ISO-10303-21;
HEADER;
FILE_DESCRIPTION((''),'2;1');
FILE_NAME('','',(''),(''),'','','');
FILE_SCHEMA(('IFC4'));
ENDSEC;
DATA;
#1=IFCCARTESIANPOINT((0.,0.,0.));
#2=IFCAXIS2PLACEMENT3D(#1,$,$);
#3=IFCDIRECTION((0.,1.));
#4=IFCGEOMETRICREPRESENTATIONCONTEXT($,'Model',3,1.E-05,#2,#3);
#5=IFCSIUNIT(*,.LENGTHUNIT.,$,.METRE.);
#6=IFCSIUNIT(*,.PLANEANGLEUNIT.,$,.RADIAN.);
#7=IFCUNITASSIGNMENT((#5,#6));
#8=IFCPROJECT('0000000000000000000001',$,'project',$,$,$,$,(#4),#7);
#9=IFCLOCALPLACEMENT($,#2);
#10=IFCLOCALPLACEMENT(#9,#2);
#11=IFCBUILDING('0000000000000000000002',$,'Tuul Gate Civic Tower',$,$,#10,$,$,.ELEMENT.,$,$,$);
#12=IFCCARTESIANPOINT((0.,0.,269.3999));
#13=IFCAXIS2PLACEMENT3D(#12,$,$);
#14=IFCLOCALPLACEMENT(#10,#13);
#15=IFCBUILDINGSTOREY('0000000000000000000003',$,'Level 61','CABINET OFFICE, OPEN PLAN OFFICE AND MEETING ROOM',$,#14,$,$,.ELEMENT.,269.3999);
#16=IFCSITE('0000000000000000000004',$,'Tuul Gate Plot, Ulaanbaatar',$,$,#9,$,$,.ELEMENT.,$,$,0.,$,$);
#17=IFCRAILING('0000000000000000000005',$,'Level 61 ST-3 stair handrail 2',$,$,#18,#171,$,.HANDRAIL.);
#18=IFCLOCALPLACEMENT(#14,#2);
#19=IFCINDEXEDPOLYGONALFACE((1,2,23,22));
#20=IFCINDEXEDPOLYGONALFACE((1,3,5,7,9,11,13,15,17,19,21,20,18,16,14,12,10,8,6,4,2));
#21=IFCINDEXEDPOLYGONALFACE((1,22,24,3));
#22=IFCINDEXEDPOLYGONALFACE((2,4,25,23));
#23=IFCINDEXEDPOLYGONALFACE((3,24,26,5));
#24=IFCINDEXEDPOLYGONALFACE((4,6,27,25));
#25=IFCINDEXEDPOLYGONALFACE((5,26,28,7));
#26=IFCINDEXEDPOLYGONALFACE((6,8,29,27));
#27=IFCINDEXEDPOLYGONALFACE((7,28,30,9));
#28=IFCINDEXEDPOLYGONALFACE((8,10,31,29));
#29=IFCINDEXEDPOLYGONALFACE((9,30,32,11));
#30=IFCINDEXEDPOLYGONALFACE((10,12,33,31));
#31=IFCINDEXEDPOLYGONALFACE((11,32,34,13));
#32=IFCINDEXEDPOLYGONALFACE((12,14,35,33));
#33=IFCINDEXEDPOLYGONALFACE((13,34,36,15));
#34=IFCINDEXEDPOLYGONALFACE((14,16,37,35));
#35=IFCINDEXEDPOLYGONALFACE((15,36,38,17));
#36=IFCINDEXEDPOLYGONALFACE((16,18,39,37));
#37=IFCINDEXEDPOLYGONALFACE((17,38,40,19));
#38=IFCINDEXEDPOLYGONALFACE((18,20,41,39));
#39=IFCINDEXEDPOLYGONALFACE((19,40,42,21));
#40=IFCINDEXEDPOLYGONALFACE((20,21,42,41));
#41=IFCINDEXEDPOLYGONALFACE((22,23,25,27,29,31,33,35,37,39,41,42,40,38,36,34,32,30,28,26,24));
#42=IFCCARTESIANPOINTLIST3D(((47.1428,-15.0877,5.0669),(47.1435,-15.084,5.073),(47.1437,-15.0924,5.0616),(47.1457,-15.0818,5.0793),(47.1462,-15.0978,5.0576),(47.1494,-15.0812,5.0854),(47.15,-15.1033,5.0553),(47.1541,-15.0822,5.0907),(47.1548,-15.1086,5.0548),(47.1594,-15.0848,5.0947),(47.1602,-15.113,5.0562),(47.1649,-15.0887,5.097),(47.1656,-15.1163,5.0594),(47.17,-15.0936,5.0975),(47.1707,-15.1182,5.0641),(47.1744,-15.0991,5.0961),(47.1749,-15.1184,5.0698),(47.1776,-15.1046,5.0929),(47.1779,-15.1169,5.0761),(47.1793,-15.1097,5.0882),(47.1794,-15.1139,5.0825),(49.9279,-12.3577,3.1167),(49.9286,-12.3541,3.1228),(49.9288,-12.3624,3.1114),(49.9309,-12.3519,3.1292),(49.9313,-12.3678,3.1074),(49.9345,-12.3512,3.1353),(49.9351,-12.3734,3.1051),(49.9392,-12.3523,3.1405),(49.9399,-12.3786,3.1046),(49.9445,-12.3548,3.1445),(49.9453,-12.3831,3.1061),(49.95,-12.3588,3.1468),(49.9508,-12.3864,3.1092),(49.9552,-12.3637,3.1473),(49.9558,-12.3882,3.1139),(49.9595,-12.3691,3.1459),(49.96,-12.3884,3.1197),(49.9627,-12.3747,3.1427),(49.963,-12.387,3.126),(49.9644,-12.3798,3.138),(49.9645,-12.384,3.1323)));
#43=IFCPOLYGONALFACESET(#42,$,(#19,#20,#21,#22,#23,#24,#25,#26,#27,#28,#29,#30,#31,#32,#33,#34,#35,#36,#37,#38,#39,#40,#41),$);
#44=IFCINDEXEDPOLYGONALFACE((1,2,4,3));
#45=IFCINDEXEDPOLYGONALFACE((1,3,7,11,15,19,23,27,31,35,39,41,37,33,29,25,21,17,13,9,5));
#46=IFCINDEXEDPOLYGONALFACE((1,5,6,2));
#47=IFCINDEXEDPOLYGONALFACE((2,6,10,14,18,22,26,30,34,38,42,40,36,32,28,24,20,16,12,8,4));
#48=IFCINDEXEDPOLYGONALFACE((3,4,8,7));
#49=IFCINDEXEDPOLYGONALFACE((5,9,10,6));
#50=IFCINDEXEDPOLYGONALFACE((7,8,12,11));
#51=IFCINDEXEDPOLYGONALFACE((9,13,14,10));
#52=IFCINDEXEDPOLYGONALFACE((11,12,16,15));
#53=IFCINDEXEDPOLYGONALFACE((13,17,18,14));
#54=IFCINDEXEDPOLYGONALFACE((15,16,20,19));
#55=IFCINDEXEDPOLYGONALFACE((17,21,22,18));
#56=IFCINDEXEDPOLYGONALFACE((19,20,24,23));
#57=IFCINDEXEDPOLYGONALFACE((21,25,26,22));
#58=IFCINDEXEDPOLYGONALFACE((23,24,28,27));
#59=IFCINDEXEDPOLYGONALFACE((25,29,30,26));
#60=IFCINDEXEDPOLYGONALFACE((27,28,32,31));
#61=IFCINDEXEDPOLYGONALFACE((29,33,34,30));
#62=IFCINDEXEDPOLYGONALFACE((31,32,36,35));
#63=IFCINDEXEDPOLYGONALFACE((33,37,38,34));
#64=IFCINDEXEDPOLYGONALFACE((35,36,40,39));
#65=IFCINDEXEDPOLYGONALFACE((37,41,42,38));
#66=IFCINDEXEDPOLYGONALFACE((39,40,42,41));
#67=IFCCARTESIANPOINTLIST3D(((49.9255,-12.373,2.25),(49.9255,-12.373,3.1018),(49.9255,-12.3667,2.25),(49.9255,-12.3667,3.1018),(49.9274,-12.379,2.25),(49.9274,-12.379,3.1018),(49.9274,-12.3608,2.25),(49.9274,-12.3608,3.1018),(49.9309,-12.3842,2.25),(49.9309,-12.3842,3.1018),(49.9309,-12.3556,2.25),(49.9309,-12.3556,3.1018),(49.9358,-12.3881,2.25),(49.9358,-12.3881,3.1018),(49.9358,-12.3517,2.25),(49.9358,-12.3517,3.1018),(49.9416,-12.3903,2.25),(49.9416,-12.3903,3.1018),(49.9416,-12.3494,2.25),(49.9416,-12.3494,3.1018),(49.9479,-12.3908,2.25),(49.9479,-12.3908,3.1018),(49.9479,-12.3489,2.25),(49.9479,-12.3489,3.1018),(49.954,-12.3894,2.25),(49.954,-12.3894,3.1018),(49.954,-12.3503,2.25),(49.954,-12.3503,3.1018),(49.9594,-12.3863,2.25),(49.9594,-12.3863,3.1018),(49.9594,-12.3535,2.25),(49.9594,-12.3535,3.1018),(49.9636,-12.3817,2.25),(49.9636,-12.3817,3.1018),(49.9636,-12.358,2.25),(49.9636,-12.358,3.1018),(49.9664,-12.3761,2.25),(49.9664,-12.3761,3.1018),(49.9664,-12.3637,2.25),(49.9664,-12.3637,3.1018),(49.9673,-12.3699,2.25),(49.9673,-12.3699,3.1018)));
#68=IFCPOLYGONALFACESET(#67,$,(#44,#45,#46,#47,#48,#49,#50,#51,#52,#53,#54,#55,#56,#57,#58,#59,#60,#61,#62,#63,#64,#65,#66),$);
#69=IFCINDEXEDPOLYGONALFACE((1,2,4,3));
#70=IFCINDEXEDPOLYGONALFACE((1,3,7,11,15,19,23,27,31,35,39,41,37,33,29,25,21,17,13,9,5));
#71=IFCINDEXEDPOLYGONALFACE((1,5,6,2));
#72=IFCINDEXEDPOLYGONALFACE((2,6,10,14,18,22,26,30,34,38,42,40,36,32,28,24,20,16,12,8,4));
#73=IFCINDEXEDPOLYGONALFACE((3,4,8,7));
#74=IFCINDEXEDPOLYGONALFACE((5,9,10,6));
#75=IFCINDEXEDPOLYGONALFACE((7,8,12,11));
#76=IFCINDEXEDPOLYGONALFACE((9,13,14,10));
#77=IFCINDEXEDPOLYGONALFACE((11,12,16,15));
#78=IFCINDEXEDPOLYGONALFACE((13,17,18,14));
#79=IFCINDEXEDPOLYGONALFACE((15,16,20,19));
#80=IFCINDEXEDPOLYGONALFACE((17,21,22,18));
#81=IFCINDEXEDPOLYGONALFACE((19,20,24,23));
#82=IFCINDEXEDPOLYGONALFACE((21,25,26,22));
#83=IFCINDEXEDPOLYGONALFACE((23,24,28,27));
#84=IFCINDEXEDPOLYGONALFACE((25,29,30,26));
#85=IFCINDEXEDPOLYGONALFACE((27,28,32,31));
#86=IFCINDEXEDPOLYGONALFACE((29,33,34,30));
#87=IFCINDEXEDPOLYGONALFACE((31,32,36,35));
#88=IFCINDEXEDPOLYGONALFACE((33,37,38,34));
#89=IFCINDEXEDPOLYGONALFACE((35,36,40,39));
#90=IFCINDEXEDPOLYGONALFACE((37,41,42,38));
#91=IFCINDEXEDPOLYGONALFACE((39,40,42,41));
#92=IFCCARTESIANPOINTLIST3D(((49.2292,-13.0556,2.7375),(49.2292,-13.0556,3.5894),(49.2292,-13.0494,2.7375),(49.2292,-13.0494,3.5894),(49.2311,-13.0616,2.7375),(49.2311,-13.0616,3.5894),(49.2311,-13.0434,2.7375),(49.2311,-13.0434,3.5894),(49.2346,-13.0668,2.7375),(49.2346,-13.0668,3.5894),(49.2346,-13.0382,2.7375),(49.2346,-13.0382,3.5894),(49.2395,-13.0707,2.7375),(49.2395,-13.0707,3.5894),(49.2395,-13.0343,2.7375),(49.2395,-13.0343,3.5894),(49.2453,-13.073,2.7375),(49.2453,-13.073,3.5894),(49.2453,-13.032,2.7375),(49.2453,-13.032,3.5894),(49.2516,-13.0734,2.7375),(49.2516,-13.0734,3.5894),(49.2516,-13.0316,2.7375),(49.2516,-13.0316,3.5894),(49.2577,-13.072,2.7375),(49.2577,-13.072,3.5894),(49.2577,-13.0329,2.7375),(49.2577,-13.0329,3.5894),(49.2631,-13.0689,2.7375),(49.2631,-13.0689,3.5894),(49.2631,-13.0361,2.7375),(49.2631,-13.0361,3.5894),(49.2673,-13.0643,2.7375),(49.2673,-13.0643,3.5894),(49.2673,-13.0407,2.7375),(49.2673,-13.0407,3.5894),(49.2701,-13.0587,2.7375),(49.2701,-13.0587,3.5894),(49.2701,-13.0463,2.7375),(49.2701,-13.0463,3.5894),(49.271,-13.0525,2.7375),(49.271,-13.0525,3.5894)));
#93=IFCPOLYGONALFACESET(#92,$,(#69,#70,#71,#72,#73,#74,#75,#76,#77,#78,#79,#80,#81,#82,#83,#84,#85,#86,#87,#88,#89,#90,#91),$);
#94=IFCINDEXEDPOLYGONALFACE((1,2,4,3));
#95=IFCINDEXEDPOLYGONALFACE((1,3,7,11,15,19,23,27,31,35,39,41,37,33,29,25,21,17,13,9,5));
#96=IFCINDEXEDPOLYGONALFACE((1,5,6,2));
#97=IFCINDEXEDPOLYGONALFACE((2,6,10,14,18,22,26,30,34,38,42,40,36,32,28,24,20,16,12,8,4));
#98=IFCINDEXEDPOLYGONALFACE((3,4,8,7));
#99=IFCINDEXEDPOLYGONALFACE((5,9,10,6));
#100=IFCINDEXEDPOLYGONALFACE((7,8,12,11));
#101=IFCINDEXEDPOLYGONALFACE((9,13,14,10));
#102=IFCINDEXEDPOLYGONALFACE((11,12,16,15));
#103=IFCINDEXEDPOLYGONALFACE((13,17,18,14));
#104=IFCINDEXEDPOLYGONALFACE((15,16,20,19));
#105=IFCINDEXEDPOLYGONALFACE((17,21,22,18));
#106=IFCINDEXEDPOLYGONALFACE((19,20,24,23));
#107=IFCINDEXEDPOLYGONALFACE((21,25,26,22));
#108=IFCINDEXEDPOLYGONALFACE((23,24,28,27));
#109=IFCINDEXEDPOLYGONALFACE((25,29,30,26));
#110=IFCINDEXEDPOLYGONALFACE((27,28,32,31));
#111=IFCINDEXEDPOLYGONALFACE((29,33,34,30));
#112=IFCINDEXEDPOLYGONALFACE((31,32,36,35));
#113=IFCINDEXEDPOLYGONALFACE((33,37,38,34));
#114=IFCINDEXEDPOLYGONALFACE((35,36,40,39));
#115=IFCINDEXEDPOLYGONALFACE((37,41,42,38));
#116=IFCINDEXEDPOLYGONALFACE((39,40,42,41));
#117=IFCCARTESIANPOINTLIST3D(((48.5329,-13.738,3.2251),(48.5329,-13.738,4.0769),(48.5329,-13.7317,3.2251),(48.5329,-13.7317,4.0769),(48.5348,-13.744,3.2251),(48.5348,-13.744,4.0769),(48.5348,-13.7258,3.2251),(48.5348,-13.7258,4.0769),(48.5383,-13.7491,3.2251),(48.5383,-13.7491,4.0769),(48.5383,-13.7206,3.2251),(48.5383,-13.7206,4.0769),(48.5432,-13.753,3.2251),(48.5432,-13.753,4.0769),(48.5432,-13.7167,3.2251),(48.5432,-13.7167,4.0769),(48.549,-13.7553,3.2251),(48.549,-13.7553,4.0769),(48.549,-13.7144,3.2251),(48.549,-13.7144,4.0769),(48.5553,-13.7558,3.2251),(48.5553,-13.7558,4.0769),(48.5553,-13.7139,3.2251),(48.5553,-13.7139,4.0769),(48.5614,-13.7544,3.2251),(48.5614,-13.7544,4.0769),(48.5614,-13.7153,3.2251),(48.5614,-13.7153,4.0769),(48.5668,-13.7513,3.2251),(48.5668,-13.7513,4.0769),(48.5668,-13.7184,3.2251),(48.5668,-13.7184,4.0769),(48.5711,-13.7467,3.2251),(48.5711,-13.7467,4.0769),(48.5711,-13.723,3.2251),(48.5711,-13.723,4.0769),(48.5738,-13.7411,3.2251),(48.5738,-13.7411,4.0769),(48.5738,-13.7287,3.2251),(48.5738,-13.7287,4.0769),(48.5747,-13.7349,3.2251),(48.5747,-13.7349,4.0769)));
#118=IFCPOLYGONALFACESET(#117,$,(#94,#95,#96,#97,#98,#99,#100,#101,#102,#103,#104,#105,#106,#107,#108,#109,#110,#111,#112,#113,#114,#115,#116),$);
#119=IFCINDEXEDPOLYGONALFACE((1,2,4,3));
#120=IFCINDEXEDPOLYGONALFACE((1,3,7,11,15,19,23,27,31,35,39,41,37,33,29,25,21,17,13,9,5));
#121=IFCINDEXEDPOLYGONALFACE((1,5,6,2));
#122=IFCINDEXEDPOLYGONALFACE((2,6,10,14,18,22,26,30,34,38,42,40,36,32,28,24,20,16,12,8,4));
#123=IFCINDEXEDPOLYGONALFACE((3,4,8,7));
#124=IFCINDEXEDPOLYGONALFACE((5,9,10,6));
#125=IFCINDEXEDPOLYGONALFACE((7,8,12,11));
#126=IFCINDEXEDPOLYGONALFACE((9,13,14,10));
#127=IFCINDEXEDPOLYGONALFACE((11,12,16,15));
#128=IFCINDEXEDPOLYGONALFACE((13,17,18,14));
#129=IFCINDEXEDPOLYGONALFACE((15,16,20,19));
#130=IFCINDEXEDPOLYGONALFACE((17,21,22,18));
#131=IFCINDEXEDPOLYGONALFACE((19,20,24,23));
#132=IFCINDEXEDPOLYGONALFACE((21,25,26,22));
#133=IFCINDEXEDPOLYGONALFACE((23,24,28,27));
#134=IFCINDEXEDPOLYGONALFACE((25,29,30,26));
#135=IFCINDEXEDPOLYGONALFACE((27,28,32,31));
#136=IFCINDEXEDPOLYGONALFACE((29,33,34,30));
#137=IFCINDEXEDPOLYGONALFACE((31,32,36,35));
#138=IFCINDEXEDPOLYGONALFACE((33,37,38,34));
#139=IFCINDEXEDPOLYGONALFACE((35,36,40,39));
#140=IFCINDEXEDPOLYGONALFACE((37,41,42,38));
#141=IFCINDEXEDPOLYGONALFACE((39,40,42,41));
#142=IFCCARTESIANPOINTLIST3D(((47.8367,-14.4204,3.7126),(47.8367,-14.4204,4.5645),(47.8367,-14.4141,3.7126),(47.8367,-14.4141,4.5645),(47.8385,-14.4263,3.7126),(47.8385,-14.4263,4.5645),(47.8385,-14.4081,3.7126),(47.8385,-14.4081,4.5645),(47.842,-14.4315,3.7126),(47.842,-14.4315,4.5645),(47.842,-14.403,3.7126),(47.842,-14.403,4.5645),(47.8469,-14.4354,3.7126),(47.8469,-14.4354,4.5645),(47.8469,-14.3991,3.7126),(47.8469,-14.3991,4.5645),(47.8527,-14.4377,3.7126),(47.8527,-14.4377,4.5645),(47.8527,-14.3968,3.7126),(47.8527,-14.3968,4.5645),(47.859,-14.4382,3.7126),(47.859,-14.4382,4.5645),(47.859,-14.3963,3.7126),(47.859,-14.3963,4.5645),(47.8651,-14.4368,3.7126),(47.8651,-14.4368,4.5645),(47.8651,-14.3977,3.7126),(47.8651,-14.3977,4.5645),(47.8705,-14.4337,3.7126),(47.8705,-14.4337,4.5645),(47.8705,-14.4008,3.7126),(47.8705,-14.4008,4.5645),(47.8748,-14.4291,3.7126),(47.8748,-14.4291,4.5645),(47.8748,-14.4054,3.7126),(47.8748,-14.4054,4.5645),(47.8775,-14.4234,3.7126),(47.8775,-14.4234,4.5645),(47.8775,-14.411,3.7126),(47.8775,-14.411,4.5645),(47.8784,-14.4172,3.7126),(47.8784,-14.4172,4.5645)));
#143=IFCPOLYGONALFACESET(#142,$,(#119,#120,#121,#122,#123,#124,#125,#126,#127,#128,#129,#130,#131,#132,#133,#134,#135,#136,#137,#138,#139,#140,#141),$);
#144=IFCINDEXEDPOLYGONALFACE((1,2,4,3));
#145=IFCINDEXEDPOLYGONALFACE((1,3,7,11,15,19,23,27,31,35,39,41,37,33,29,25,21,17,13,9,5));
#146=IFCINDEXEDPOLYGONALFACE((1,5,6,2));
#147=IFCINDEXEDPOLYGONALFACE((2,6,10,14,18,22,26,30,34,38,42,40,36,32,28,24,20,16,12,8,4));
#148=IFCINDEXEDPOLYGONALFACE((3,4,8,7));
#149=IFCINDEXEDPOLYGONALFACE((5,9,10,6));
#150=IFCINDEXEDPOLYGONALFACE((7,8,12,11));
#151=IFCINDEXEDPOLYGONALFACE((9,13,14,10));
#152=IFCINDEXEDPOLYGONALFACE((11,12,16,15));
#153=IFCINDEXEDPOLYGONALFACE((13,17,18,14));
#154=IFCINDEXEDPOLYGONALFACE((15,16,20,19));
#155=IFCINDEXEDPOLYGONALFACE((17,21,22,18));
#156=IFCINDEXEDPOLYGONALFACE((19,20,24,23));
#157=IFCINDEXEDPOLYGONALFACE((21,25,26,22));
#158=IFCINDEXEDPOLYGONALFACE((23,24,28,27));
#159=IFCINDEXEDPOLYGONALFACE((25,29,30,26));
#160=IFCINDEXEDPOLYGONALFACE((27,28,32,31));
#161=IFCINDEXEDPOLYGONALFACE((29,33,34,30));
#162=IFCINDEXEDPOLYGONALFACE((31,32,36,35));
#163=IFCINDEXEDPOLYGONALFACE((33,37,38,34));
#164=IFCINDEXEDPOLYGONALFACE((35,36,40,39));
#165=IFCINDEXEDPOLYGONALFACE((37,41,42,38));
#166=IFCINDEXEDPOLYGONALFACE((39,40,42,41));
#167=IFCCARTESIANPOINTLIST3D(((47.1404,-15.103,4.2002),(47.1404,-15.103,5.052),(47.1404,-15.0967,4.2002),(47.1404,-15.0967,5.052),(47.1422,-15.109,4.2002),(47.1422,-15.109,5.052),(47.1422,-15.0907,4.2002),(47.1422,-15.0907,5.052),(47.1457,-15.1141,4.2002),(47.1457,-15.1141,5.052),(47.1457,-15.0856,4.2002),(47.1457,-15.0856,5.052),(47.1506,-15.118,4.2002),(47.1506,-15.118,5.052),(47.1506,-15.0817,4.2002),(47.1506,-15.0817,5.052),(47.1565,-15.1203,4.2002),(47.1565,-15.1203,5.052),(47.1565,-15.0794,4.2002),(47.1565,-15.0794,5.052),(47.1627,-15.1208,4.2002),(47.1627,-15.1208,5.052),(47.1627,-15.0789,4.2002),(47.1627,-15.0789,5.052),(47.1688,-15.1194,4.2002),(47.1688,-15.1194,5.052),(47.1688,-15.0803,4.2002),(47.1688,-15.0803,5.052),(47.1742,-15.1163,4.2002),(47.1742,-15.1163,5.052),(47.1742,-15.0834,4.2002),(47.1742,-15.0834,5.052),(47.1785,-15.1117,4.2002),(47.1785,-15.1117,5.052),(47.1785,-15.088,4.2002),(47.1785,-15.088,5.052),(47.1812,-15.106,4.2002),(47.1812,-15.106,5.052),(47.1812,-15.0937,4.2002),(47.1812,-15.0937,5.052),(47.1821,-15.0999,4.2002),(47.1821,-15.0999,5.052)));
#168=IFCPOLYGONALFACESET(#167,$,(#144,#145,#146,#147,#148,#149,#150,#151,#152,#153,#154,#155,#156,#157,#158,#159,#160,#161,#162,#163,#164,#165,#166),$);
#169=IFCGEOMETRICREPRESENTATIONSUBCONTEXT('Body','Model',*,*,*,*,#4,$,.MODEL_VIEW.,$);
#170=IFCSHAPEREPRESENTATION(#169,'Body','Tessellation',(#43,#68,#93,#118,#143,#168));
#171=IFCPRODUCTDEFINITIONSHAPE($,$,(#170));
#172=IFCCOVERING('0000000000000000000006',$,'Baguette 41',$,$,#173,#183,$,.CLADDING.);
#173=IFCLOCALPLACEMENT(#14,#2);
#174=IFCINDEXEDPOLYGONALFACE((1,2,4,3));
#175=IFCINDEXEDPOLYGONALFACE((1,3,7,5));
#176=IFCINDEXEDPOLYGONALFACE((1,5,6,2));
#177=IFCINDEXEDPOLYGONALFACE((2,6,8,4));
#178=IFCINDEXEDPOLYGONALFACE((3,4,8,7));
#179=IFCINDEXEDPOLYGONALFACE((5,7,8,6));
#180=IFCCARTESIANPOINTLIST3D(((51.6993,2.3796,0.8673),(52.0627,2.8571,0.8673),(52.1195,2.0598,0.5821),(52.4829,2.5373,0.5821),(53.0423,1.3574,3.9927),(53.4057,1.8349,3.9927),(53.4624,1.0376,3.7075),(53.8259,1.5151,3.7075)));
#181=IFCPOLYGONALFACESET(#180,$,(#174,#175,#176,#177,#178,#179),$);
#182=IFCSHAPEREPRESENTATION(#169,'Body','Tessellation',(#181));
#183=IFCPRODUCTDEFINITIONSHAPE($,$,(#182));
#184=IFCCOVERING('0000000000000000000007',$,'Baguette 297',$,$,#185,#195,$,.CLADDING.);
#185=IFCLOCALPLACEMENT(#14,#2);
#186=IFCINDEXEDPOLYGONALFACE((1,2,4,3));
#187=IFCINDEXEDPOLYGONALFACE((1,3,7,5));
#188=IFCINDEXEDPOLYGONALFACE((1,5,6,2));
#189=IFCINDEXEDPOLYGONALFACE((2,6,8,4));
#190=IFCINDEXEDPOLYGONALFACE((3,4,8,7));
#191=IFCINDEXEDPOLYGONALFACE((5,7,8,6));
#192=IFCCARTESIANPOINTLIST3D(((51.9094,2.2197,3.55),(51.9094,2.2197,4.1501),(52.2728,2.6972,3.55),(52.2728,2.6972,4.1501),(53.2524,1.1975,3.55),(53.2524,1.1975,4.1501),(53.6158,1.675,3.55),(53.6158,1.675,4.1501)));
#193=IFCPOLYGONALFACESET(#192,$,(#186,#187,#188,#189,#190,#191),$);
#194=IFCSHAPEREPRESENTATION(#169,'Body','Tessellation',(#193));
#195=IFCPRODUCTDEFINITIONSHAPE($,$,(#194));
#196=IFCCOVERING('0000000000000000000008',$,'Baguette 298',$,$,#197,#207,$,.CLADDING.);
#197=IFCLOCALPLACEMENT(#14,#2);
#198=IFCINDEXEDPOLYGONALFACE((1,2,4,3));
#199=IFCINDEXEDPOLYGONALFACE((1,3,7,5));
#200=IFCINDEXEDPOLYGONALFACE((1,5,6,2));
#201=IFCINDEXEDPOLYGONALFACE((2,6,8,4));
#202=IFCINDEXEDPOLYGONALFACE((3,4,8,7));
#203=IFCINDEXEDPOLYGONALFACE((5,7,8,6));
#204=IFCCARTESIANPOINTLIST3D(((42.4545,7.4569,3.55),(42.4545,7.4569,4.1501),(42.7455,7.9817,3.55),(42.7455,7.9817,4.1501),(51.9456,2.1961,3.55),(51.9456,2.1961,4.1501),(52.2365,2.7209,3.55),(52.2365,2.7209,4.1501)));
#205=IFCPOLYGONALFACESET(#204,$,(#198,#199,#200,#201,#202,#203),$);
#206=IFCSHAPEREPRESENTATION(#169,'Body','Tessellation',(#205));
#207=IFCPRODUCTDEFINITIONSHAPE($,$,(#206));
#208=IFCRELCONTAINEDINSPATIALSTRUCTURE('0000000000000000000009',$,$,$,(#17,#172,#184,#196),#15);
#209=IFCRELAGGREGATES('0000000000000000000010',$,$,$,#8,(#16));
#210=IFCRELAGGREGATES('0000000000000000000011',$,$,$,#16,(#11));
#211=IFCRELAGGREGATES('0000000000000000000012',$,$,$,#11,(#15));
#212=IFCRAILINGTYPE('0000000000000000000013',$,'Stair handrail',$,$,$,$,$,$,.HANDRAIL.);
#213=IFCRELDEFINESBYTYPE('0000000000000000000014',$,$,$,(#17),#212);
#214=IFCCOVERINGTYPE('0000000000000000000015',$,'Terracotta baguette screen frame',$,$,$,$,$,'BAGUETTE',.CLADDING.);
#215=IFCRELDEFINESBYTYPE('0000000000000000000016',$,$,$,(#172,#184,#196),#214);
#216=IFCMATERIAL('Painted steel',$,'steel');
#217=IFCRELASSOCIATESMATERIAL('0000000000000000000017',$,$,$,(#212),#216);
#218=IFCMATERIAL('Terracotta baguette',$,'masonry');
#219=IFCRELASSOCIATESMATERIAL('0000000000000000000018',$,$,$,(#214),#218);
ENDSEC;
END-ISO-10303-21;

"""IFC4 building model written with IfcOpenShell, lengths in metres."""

from ifc_helpers import new_model, si_unit, direction, frame, origin, origin_2d, place, context, subcontext, project, spatial, rectangle, circle, extrude, material, material_profile, profile_set, type_object, element, save


model = new_model("IFC4")

# Units and contexts
model_context = context("Model", 3, precision=1e-05, world=origin(), true_north=direction((0.0, 1.0)))
body_context = subcontext(model_context, "Body", "Model", "MODEL_VIEW")
ifc_project = project(units=[si_unit("LENGTHUNIT", "METRE"), si_unit("PLANEANGLEUNIT", "RADIAN")], contexts=[model_context])

# Site, building, storey
site_placement = place(None, origin())
site = spatial("IfcSite", under=ifc_project, at=site_placement, Name="Tuul Gate Plot, Ulaanbaatar", CompositionType="ELEMENT", RefElevation=0.0)
building_placement = place(site_placement, origin())
building = spatial("IfcBuilding", under=site, at=building_placement, Name="Tuul Gate Civic Tower", CompositionType="ELEMENT")
storey_placement = place(building_placement, frame((0.0, 0.0, 269.3999)))
storey = spatial("IfcBuildingStorey", under=building, at=storey_placement, Name="Level 61", Description="CABINET OFFICE, OPEN PLAN OFFICE AND MEETING ROOM", CompositionType="ELEMENT", Elevation=269.3999)

# Railing
ifc_material_1 = material(Name="Painted steel", Category="steel")
railing_type = type_object("IfcRailingType", Name="Stair handrail", PredefinedType="HANDRAIL", material=ifc_material_1)
railing_placement = place(storey_placement, frame((49.9463, -12.3699, 2.25)))
element("IfcRailing", 1, at=railing_placement, inside=storey, type_object=railing_type, Name="Level 61 ST-3 stair handrail 2", PredefinedType="HANDRAIL", context=body_context, shape_type="SweptSolid", body=[
    extrude(circle(Radius=0.0239, at=origin_2d()), frame((0.0, 0.0, 0.876), z_axis=(-0.638738, -0.626084, 0.447251), x_axis=(0.699998, -0.714145, 0.0)), (0.0, 0.0, 1.0), 4.3604),
    extrude(circle(Radius=0.021, at=origin_2d()), origin(), (0.0, 0.0, 1.0), 0.8518),
    extrude(circle(Radius=0.021, at=origin_2d()), frame((-0.6963, -0.6826, 0.4875)), (0.0, 0.0, 1.0), 0.8518),
    extrude(circle(Radius=0.021, at=origin_2d()), frame((-1.3926, -1.365, 0.9751)), (0.0, 0.0, 1.0), 0.8518),
    extrude(circle(Radius=0.021, at=origin_2d()), frame((-2.0889, -2.0474, 1.4626)), (0.0, 0.0, 1.0), 0.8518),
    extrude(circle(Radius=0.021, at=origin_2d()), frame((-2.7852, -2.73, 1.9502)), (0.0, 0.0, 1.0), 0.8518),
])

# Coverings
ifc_material_2 = material(Name="Terracotta baguette", Category="masonry")
ifc_material_profile_1 = material_profile(ifc_material_2, rectangle(XDim=0.6001, YDim=0.6001, at=origin_2d()), Name="Terracotta baguette screen frame")
ifc_profile_set_1 = profile_set([ifc_material_profile_1], Name="Terracotta baguette")
covering_type = type_object("IfcCoveringType", Name="Terracotta baguette screen frame", ElementType="BAGUETTE", PredefinedType="CLADDING", material=ifc_profile_set_1)
covering_1_placement = place(storey_placement, frame((53.4341, 1.4363, 3.8501), z_axis=(-0.378093, 0.287779, -0.879903), x_axis=(-0.605655, -0.795727, 0.0)))
element("IfcCovering", 2, at=covering_1_placement, inside=storey, type_object=covering_type, Name="Baguette 41", PredefinedType="CLADDING", context=body_context, shape_type="SweptSolid", body=[
    extrude(rectangle(XDim=0.6001, YDim=0.6001, at=origin_2d()), origin(), (0.0, 0.0, 1.0), 3.552),
])
covering_2_placement = place(storey_placement, frame((53.4341, 1.4363, 3.8501), z_axis=(-0.795727, 0.605655, 0.0), x_axis=(-0.605655, -0.795727, 0.0)))
element("IfcCovering", 3, at=covering_2_placement, inside=storey, type_object=covering_type, Name="Baguette 297", PredefinedType="CLADDING", context=body_context, shape_type="SweptSolid", body=[
    extrude(rectangle(XDim=0.6001, YDim=0.6001, at=origin_2d()), origin(), (0.0, 0.0, 1.0), 1.6877),
])
covering_3_placement = place(storey_placement, frame((52.0911, 2.4585, 3.8501), z_axis=(-0.874627, 0.484796, 0.0), x_axis=(-0.484796, -0.874627, 0.0)))
element("IfcCovering", 4, at=covering_3_placement, inside=storey, type_object=covering_type, Name="Baguette 298", PredefinedType="CLADDING", context=body_context, shape_type="SweptSolid", body=[
    extrude(rectangle(XDim=0.6001, YDim=0.6001, at=origin_2d()), origin(), (0.0, 0.0, 1.0), 10.8516),
])

save(model, "model.ifc")
